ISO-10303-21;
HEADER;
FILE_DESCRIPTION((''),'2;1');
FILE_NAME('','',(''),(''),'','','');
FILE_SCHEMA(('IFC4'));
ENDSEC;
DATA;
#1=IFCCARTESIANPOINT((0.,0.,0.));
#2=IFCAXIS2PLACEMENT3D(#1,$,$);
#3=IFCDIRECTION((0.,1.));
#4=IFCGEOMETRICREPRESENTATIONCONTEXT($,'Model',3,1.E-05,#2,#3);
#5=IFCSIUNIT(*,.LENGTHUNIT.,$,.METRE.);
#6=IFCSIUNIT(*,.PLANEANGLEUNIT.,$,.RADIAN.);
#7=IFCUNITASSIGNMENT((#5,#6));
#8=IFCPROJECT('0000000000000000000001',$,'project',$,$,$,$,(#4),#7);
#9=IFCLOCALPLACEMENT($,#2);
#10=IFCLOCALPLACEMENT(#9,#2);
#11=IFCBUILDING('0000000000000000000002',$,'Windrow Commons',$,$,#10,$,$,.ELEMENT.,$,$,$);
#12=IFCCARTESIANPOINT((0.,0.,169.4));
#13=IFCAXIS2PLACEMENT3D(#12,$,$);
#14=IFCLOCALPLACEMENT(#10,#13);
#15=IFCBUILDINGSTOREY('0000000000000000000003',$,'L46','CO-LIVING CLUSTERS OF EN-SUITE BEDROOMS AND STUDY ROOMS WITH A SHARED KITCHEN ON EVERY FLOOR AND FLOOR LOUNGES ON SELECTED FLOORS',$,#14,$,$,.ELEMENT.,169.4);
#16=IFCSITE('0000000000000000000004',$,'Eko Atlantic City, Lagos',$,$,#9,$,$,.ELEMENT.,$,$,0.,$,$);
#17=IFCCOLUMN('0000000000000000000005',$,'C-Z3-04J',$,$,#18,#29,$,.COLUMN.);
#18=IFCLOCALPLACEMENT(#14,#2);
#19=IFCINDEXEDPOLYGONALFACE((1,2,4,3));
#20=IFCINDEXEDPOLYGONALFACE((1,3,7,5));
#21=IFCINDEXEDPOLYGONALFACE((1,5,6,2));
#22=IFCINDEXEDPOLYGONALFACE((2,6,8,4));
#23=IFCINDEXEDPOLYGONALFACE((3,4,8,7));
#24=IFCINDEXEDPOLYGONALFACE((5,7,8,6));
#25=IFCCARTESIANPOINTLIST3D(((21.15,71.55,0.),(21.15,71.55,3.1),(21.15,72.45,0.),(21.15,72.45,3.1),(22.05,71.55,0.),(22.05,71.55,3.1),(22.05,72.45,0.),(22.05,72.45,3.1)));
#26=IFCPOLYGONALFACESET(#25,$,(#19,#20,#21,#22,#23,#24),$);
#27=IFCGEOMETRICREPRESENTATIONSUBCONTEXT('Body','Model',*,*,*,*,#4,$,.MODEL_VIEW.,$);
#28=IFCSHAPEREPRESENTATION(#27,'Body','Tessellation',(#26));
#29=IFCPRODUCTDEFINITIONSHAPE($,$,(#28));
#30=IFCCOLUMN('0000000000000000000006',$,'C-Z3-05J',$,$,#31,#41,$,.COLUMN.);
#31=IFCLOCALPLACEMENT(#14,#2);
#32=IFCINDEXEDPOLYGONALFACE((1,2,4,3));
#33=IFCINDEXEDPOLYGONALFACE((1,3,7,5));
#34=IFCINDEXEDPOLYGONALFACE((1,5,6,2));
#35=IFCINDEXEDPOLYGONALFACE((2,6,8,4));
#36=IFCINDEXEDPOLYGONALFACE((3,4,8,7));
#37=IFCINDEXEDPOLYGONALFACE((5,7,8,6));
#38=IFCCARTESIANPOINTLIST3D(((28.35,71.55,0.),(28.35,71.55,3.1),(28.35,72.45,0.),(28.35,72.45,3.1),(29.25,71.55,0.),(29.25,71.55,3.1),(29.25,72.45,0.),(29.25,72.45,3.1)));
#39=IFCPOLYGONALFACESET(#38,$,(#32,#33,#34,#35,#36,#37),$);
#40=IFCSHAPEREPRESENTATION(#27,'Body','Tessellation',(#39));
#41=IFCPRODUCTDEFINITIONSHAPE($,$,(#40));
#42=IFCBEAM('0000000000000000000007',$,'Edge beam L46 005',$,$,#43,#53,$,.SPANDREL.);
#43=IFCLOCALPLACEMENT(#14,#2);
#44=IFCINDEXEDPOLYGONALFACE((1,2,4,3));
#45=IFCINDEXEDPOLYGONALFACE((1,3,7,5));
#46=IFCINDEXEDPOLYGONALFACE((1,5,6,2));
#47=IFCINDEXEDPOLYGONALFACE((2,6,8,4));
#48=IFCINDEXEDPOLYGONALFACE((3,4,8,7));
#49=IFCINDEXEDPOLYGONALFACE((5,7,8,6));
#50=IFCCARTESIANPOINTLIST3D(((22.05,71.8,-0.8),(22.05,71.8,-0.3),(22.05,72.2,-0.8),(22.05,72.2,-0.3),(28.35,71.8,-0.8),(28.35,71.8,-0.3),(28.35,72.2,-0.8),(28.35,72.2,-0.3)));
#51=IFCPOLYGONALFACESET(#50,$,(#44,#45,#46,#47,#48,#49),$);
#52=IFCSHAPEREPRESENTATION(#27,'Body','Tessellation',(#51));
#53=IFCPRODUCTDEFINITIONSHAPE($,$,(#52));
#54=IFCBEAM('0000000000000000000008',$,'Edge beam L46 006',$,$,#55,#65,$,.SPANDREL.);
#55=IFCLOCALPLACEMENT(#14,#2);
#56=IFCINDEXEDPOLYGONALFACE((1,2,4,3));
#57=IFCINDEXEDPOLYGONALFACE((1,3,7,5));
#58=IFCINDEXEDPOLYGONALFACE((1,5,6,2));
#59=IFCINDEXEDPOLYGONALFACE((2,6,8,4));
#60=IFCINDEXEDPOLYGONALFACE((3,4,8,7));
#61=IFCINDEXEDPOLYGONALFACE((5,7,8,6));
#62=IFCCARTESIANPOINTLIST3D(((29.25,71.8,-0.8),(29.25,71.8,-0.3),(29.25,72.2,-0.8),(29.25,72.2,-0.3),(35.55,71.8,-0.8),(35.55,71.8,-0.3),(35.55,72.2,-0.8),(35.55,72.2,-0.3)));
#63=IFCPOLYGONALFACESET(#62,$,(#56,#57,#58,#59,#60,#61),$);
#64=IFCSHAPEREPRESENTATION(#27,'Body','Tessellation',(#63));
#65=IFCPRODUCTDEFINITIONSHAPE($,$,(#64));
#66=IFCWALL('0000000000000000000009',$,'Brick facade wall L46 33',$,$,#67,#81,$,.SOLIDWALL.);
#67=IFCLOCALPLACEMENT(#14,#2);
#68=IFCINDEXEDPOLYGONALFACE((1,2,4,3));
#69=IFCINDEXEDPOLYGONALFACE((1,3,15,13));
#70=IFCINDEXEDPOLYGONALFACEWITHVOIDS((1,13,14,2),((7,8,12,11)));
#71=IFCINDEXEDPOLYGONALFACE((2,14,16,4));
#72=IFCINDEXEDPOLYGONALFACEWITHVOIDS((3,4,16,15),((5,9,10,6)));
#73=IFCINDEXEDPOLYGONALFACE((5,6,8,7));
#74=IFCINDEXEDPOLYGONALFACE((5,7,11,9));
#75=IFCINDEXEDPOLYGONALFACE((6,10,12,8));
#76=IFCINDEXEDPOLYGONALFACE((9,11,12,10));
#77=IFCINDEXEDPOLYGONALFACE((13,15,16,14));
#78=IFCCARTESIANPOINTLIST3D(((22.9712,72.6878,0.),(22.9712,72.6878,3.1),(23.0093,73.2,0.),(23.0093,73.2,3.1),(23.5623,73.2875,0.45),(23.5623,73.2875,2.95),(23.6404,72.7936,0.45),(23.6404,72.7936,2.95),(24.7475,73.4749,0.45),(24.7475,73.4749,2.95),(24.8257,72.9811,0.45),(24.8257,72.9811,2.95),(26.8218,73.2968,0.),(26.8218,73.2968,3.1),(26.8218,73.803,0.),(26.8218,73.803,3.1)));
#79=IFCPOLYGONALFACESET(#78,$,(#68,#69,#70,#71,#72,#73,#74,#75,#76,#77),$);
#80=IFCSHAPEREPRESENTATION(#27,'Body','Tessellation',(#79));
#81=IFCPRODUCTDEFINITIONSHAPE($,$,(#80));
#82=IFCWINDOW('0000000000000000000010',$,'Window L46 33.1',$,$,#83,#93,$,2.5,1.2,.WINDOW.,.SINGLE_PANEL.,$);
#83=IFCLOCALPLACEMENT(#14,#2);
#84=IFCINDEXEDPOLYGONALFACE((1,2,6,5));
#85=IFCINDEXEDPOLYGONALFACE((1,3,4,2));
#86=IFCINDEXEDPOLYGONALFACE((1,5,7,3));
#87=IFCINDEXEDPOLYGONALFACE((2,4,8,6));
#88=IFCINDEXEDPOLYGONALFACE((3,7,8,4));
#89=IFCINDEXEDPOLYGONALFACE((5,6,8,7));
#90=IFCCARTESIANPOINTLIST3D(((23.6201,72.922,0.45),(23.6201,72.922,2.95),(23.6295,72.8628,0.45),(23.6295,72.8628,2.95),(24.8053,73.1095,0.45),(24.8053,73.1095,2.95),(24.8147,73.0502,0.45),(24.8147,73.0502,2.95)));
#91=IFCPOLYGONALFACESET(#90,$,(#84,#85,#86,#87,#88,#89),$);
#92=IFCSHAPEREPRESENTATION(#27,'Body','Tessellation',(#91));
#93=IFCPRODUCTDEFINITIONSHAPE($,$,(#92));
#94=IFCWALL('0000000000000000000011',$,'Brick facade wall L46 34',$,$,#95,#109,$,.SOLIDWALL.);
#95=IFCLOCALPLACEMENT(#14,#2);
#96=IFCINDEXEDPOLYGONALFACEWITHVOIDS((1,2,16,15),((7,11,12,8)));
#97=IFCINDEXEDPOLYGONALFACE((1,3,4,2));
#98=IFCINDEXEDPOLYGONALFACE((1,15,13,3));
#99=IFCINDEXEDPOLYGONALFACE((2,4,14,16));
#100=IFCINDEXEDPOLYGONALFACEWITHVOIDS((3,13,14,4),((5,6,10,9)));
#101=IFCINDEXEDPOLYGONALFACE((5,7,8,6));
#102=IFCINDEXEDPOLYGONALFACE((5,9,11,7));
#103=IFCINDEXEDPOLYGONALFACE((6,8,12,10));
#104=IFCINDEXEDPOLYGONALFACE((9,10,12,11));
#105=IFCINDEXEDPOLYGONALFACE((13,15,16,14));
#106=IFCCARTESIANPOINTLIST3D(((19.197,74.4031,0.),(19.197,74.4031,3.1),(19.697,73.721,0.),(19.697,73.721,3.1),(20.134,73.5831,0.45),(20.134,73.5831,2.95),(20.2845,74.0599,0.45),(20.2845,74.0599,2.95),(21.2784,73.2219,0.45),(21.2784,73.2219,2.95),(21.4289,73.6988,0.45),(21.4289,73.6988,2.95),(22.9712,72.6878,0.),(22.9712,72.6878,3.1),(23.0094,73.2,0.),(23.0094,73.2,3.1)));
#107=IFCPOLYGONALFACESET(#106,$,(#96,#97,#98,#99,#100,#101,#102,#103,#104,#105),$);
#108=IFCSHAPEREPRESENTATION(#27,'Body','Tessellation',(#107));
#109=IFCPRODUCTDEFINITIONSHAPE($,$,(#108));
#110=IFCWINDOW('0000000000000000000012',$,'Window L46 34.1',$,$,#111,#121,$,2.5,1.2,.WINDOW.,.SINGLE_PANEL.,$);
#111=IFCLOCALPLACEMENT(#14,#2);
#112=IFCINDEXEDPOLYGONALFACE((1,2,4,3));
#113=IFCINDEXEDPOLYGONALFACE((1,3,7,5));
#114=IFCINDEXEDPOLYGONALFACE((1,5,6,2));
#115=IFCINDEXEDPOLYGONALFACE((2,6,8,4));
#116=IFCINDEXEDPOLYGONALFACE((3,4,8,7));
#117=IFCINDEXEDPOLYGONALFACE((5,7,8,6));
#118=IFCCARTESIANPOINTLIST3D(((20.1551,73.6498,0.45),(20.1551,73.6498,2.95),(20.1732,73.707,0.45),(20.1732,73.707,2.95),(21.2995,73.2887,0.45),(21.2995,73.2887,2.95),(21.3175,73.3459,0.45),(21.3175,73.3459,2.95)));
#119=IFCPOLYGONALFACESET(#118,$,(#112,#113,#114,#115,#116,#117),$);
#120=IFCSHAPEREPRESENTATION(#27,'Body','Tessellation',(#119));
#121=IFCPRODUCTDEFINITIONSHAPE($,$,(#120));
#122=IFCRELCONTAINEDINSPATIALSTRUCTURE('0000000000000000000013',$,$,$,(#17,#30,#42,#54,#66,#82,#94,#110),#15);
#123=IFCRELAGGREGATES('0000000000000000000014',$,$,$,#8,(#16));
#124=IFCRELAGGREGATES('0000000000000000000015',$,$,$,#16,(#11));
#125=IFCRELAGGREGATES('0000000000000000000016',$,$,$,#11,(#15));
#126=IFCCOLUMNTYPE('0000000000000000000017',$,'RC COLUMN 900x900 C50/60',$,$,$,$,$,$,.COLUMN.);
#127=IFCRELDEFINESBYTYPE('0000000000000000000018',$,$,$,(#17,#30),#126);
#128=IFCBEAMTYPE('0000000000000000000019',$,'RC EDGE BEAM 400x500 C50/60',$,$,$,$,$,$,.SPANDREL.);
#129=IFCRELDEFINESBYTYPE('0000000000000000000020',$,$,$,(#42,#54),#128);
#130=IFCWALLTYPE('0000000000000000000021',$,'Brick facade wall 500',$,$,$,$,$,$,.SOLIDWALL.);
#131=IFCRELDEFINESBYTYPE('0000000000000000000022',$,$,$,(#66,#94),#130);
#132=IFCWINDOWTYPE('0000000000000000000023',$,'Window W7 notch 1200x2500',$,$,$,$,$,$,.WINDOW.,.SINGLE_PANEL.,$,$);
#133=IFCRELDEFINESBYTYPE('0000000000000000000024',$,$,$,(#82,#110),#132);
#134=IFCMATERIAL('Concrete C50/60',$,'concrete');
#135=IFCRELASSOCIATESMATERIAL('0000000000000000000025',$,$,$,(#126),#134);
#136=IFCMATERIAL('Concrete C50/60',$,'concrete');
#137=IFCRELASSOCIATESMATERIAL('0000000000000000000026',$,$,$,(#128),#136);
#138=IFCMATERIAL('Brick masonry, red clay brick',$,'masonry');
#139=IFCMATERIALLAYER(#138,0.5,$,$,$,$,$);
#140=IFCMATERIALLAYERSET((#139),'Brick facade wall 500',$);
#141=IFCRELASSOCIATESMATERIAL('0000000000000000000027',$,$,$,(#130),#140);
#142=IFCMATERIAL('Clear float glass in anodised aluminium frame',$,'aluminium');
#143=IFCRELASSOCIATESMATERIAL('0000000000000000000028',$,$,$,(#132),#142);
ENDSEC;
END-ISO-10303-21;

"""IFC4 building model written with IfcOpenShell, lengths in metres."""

from ifc_helpers import new_model, si_unit, direction, frame, frame_2d, origin, origin_2d, place, context, subcontext, project, spatial, polyline, rectangle, outline, extrude, material, layer, layer_set, material_profile, profile_set, type_object, element, fill, save


model = new_model("IFC4")

# Units and contexts
model_context = context("Model", 3, precision=1e-05, world=origin(), true_north=direction((0.0, 1.0)))
body_context = subcontext(model_context, "Body", "Model", "MODEL_VIEW")
ifc_project = project(units=[si_unit("LENGTHUNIT", "METRE"), si_unit("PLANEANGLEUNIT", "RADIAN")], contexts=[model_context])

# Site, building, storey
site_placement = place(None, origin())
site = spatial("IfcSite", under=ifc_project, at=site_placement, Name="Eko Atlantic City, Lagos", CompositionType="ELEMENT", RefElevation=0.0)
building_placement = place(site_placement, origin())
building = spatial("IfcBuilding", under=site, at=building_placement, Name="Windrow Commons", CompositionType="ELEMENT")
storey_placement = place(building_placement, frame((0.0, 0.0, 169.4)))
storey = spatial("IfcBuildingStorey", under=building, at=storey_placement, Name="L46", Description="CO-LIVING CLUSTERS OF EN-SUITE BEDROOMS AND STUDY ROOMS WITH A SHARED KITCHEN ON EVERY FLOOR AND FLOOR LOUNGES ON SELECTED FLOORS", CompositionType="ELEMENT", Elevation=169.4)

# Columns
ifc_material_1 = material(Name="Concrete C50/60", Category="concrete")
ifc_material_profile_1 = material_profile(ifc_material_1, rectangle(XDim=0.9, YDim=0.9, at=origin_2d()))
ifc_profile_set_1 = profile_set([ifc_material_profile_1], Name="Concrete C50/60")
column_type = type_object("IfcColumnType", Name="RC COLUMN 900x900 C50/60", PredefinedType="COLUMN", material=ifc_profile_set_1)
for number, where, z_axis, x_axis, name in (
    (1, (21.6, 72.0, 0.0), (0.0, 0.0, 1.0), (1.0, 0.0, 0.0), "C-Z3-04J"),
    (2, (28.8, 72.0, 0.0), (0.0, 0.0, 1.0), (1.0, 0.0, 0.0), "C-Z3-05J"),
):
    element("IfcColumn", number, at=place(storey_placement, frame(where, z_axis=z_axis, x_axis=x_axis)), inside=storey, type_object=column_type, Name=name, PredefinedType="COLUMN", context=body_context, shape_type="SweptSolid", body=[
        extrude(rectangle(XDim=0.9, YDim=0.9, at=origin_2d()), origin(), (0.0, 0.0, 1.0), 3.1),
    ])

# Beams
ifc_material_2 = material(Name="Concrete C50/60", Category="concrete")
ifc_material_profile_2 = material_profile(ifc_material_2, rectangle(XDim=0.4, YDim=0.5, at=origin_2d()))
ifc_profile_set_2 = profile_set([ifc_material_profile_2], Name="Concrete C50/60")
beam_type = type_object("IfcBeamType", Name="RC EDGE BEAM 400x500 C50/60", PredefinedType="SPANDREL", material=ifc_profile_set_2)
for number, where, z_axis, x_axis, name in (
    (3, (22.05, 72.0, -0.55), (1.0, 0.0, 0.0), (0.0, 1.0, 0.0), "Edge beam L46 005"),
    (4, (29.25, 72.0, -0.55), (1.0, 0.0, 0.0), (0.0, 1.0, 0.0), "Edge beam L46 006"),
):
    element("IfcBeam", number, at=place(storey_placement, frame(where, z_axis=z_axis, x_axis=x_axis)), inside=storey, type_object=beam_type, Name=name, PredefinedType="SPANDREL", context=body_context, shape_type="SweptSolid", body=[
        extrude(rectangle(XDim=0.4, YDim=0.5, at=origin_2d()), origin(), (0.0, 0.0, 1.0), 6.3),
    ])

# Walls, openings, windows
ifc_material_3 = material(Name="Brick masonry, red clay brick", Category="masonry")
ifc_layer_1 = layer(ifc_material_3, 0.5)
ifc_layer_set_1 = layer_set([ifc_layer_1], Name="Brick facade wall 500")
wall_type_1 = type_object("IfcWallType", Name="Brick facade wall 500", PredefinedType="SOLIDWALL", material=ifc_layer_set_1)
wall_1_placement = place(storey_placement, frame((26.8218, 73.5499, 0.0), z_axis=(0.0, 0.0, 1.0), x_axis=(-0.987722, -0.156221, 0.0)))
wall_1 = element("IfcWall", 5, at=wall_1_placement, inside=storey, type_object=wall_type_1, Name="Brick facade wall L46 33", PredefinedType="SOLIDWALL", context=body_context, shape_type="SweptSolid", body=[
    extrude(outline(polyline([(-0.0395, -0.25), (3.8203, -0.25), (3.938, 0.25), (0.0395, 0.25), (-0.0395, -0.25)])), origin(), (0.0, 0.0, 1.0), 3.1),
])
opening_1_placement = place(wall_1_placement, frame((2.0605, 0.0, 0.45)))
opening_1 = element("IfcOpeningElement", 6, at=opening_1_placement, cuts=wall_1, PredefinedType="OPENING", context=body_context, shape_type="SweptSolid", body=[
    extrude(rectangle(XDim=1.2, YDim=2.5, at=frame_2d((0.6, 1.25))), frame((0.0, 0.26, 0.0), z_axis=(0.0, -1.0, 0.0), x_axis=(1.0, 0.0, 0.0)), (0.0, 0.0, 1.0), 0.52),
])
ifc_material_4 = material(Name="Clear float glass in anodised aluminium frame", Category="aluminium")
window_type_1 = type_object("IfcWindowType", Name="Window W7 notch 1200x2500", PartitioningType="SINGLE_PANEL", PredefinedType="WINDOW", material=ifc_material_4)
window_1_placement = place(opening_1_placement, origin())
window_1 = element("IfcWindow", 7, at=window_1_placement, inside=storey, type_object=window_type_1, Name="Window L46 33.1", OverallHeight=2.5, OverallWidth=1.2, PartitioningType="SINGLE_PANEL", PredefinedType="WINDOW", context=body_context, shape_type="SweptSolid", body=[
    extrude(rectangle(XDim=1.2, YDim=2.5, at=frame_2d((0.6, 1.25))), frame((0.0, 0.18, 0.0), z_axis=(0.0, -1.0, 0.0), x_axis=(1.0, 0.0, 0.0)), (0.0, 0.0, 1.0), 0.06),
])
fill(opening_1, window_1)
wall_2_placement = place(storey_placement, frame((22.9903, 72.9439, 0.0), z_axis=(0.0, 0.0, 1.0), x_axis=(-0.953647, 0.300927, 0.0)))
wall_2 = element("IfcWall", 8, at=wall_2_placement, inside=storey, type_object=wall_type_1, Name="Brick facade wall L46 34", PredefinedType="SOLIDWALL", context=body_context, shape_type="SweptSolid", body=[
    extrude(outline(polyline([(0.0589, -0.25), (4.0566, -0.25), (3.3745, 0.25), (-0.0589, 0.25), (0.0589, -0.25)])), origin(), (0.0, 0.0, 1.0), 3.1),
])
opening_2_placement = place(wall_2_placement, frame((1.7162, 0.0, 0.45)))
opening_2 = element("IfcOpeningElement", 9, at=opening_2_placement, cuts=wall_2, PredefinedType="OPENING", context=body_context, shape_type="SweptSolid", body=[
    extrude(rectangle(XDim=1.2, YDim=2.5, at=frame_2d((0.6, 1.25))), frame((0.0, 0.26, 0.0), z_axis=(0.0, -1.0, 0.0), x_axis=(1.0, 0.0, 0.0)), (0.0, 0.0, 1.0), 0.52),
])
window_2_placement = place(opening_2_placement, origin())
window_2 = element("IfcWindow", 10, at=window_2_placement, inside=storey, type_object=window_type_1, Name="Window L46 34.1", OverallHeight=2.5, OverallWidth=1.2, PartitioningType="SINGLE_PANEL", PredefinedType="WINDOW", context=body_context, shape_type="SweptSolid", body=[
    extrude(rectangle(XDim=1.2, YDim=2.5, at=frame_2d((0.6, 1.25))), frame((0.0, 0.18, 0.0), z_axis=(0.0, -1.0, 0.0), x_axis=(1.0, 0.0, 0.0)), (0.0, 0.0, 1.0), 0.06),
])
fill(opening_2, window_2)

save(model, "model.ifc")
